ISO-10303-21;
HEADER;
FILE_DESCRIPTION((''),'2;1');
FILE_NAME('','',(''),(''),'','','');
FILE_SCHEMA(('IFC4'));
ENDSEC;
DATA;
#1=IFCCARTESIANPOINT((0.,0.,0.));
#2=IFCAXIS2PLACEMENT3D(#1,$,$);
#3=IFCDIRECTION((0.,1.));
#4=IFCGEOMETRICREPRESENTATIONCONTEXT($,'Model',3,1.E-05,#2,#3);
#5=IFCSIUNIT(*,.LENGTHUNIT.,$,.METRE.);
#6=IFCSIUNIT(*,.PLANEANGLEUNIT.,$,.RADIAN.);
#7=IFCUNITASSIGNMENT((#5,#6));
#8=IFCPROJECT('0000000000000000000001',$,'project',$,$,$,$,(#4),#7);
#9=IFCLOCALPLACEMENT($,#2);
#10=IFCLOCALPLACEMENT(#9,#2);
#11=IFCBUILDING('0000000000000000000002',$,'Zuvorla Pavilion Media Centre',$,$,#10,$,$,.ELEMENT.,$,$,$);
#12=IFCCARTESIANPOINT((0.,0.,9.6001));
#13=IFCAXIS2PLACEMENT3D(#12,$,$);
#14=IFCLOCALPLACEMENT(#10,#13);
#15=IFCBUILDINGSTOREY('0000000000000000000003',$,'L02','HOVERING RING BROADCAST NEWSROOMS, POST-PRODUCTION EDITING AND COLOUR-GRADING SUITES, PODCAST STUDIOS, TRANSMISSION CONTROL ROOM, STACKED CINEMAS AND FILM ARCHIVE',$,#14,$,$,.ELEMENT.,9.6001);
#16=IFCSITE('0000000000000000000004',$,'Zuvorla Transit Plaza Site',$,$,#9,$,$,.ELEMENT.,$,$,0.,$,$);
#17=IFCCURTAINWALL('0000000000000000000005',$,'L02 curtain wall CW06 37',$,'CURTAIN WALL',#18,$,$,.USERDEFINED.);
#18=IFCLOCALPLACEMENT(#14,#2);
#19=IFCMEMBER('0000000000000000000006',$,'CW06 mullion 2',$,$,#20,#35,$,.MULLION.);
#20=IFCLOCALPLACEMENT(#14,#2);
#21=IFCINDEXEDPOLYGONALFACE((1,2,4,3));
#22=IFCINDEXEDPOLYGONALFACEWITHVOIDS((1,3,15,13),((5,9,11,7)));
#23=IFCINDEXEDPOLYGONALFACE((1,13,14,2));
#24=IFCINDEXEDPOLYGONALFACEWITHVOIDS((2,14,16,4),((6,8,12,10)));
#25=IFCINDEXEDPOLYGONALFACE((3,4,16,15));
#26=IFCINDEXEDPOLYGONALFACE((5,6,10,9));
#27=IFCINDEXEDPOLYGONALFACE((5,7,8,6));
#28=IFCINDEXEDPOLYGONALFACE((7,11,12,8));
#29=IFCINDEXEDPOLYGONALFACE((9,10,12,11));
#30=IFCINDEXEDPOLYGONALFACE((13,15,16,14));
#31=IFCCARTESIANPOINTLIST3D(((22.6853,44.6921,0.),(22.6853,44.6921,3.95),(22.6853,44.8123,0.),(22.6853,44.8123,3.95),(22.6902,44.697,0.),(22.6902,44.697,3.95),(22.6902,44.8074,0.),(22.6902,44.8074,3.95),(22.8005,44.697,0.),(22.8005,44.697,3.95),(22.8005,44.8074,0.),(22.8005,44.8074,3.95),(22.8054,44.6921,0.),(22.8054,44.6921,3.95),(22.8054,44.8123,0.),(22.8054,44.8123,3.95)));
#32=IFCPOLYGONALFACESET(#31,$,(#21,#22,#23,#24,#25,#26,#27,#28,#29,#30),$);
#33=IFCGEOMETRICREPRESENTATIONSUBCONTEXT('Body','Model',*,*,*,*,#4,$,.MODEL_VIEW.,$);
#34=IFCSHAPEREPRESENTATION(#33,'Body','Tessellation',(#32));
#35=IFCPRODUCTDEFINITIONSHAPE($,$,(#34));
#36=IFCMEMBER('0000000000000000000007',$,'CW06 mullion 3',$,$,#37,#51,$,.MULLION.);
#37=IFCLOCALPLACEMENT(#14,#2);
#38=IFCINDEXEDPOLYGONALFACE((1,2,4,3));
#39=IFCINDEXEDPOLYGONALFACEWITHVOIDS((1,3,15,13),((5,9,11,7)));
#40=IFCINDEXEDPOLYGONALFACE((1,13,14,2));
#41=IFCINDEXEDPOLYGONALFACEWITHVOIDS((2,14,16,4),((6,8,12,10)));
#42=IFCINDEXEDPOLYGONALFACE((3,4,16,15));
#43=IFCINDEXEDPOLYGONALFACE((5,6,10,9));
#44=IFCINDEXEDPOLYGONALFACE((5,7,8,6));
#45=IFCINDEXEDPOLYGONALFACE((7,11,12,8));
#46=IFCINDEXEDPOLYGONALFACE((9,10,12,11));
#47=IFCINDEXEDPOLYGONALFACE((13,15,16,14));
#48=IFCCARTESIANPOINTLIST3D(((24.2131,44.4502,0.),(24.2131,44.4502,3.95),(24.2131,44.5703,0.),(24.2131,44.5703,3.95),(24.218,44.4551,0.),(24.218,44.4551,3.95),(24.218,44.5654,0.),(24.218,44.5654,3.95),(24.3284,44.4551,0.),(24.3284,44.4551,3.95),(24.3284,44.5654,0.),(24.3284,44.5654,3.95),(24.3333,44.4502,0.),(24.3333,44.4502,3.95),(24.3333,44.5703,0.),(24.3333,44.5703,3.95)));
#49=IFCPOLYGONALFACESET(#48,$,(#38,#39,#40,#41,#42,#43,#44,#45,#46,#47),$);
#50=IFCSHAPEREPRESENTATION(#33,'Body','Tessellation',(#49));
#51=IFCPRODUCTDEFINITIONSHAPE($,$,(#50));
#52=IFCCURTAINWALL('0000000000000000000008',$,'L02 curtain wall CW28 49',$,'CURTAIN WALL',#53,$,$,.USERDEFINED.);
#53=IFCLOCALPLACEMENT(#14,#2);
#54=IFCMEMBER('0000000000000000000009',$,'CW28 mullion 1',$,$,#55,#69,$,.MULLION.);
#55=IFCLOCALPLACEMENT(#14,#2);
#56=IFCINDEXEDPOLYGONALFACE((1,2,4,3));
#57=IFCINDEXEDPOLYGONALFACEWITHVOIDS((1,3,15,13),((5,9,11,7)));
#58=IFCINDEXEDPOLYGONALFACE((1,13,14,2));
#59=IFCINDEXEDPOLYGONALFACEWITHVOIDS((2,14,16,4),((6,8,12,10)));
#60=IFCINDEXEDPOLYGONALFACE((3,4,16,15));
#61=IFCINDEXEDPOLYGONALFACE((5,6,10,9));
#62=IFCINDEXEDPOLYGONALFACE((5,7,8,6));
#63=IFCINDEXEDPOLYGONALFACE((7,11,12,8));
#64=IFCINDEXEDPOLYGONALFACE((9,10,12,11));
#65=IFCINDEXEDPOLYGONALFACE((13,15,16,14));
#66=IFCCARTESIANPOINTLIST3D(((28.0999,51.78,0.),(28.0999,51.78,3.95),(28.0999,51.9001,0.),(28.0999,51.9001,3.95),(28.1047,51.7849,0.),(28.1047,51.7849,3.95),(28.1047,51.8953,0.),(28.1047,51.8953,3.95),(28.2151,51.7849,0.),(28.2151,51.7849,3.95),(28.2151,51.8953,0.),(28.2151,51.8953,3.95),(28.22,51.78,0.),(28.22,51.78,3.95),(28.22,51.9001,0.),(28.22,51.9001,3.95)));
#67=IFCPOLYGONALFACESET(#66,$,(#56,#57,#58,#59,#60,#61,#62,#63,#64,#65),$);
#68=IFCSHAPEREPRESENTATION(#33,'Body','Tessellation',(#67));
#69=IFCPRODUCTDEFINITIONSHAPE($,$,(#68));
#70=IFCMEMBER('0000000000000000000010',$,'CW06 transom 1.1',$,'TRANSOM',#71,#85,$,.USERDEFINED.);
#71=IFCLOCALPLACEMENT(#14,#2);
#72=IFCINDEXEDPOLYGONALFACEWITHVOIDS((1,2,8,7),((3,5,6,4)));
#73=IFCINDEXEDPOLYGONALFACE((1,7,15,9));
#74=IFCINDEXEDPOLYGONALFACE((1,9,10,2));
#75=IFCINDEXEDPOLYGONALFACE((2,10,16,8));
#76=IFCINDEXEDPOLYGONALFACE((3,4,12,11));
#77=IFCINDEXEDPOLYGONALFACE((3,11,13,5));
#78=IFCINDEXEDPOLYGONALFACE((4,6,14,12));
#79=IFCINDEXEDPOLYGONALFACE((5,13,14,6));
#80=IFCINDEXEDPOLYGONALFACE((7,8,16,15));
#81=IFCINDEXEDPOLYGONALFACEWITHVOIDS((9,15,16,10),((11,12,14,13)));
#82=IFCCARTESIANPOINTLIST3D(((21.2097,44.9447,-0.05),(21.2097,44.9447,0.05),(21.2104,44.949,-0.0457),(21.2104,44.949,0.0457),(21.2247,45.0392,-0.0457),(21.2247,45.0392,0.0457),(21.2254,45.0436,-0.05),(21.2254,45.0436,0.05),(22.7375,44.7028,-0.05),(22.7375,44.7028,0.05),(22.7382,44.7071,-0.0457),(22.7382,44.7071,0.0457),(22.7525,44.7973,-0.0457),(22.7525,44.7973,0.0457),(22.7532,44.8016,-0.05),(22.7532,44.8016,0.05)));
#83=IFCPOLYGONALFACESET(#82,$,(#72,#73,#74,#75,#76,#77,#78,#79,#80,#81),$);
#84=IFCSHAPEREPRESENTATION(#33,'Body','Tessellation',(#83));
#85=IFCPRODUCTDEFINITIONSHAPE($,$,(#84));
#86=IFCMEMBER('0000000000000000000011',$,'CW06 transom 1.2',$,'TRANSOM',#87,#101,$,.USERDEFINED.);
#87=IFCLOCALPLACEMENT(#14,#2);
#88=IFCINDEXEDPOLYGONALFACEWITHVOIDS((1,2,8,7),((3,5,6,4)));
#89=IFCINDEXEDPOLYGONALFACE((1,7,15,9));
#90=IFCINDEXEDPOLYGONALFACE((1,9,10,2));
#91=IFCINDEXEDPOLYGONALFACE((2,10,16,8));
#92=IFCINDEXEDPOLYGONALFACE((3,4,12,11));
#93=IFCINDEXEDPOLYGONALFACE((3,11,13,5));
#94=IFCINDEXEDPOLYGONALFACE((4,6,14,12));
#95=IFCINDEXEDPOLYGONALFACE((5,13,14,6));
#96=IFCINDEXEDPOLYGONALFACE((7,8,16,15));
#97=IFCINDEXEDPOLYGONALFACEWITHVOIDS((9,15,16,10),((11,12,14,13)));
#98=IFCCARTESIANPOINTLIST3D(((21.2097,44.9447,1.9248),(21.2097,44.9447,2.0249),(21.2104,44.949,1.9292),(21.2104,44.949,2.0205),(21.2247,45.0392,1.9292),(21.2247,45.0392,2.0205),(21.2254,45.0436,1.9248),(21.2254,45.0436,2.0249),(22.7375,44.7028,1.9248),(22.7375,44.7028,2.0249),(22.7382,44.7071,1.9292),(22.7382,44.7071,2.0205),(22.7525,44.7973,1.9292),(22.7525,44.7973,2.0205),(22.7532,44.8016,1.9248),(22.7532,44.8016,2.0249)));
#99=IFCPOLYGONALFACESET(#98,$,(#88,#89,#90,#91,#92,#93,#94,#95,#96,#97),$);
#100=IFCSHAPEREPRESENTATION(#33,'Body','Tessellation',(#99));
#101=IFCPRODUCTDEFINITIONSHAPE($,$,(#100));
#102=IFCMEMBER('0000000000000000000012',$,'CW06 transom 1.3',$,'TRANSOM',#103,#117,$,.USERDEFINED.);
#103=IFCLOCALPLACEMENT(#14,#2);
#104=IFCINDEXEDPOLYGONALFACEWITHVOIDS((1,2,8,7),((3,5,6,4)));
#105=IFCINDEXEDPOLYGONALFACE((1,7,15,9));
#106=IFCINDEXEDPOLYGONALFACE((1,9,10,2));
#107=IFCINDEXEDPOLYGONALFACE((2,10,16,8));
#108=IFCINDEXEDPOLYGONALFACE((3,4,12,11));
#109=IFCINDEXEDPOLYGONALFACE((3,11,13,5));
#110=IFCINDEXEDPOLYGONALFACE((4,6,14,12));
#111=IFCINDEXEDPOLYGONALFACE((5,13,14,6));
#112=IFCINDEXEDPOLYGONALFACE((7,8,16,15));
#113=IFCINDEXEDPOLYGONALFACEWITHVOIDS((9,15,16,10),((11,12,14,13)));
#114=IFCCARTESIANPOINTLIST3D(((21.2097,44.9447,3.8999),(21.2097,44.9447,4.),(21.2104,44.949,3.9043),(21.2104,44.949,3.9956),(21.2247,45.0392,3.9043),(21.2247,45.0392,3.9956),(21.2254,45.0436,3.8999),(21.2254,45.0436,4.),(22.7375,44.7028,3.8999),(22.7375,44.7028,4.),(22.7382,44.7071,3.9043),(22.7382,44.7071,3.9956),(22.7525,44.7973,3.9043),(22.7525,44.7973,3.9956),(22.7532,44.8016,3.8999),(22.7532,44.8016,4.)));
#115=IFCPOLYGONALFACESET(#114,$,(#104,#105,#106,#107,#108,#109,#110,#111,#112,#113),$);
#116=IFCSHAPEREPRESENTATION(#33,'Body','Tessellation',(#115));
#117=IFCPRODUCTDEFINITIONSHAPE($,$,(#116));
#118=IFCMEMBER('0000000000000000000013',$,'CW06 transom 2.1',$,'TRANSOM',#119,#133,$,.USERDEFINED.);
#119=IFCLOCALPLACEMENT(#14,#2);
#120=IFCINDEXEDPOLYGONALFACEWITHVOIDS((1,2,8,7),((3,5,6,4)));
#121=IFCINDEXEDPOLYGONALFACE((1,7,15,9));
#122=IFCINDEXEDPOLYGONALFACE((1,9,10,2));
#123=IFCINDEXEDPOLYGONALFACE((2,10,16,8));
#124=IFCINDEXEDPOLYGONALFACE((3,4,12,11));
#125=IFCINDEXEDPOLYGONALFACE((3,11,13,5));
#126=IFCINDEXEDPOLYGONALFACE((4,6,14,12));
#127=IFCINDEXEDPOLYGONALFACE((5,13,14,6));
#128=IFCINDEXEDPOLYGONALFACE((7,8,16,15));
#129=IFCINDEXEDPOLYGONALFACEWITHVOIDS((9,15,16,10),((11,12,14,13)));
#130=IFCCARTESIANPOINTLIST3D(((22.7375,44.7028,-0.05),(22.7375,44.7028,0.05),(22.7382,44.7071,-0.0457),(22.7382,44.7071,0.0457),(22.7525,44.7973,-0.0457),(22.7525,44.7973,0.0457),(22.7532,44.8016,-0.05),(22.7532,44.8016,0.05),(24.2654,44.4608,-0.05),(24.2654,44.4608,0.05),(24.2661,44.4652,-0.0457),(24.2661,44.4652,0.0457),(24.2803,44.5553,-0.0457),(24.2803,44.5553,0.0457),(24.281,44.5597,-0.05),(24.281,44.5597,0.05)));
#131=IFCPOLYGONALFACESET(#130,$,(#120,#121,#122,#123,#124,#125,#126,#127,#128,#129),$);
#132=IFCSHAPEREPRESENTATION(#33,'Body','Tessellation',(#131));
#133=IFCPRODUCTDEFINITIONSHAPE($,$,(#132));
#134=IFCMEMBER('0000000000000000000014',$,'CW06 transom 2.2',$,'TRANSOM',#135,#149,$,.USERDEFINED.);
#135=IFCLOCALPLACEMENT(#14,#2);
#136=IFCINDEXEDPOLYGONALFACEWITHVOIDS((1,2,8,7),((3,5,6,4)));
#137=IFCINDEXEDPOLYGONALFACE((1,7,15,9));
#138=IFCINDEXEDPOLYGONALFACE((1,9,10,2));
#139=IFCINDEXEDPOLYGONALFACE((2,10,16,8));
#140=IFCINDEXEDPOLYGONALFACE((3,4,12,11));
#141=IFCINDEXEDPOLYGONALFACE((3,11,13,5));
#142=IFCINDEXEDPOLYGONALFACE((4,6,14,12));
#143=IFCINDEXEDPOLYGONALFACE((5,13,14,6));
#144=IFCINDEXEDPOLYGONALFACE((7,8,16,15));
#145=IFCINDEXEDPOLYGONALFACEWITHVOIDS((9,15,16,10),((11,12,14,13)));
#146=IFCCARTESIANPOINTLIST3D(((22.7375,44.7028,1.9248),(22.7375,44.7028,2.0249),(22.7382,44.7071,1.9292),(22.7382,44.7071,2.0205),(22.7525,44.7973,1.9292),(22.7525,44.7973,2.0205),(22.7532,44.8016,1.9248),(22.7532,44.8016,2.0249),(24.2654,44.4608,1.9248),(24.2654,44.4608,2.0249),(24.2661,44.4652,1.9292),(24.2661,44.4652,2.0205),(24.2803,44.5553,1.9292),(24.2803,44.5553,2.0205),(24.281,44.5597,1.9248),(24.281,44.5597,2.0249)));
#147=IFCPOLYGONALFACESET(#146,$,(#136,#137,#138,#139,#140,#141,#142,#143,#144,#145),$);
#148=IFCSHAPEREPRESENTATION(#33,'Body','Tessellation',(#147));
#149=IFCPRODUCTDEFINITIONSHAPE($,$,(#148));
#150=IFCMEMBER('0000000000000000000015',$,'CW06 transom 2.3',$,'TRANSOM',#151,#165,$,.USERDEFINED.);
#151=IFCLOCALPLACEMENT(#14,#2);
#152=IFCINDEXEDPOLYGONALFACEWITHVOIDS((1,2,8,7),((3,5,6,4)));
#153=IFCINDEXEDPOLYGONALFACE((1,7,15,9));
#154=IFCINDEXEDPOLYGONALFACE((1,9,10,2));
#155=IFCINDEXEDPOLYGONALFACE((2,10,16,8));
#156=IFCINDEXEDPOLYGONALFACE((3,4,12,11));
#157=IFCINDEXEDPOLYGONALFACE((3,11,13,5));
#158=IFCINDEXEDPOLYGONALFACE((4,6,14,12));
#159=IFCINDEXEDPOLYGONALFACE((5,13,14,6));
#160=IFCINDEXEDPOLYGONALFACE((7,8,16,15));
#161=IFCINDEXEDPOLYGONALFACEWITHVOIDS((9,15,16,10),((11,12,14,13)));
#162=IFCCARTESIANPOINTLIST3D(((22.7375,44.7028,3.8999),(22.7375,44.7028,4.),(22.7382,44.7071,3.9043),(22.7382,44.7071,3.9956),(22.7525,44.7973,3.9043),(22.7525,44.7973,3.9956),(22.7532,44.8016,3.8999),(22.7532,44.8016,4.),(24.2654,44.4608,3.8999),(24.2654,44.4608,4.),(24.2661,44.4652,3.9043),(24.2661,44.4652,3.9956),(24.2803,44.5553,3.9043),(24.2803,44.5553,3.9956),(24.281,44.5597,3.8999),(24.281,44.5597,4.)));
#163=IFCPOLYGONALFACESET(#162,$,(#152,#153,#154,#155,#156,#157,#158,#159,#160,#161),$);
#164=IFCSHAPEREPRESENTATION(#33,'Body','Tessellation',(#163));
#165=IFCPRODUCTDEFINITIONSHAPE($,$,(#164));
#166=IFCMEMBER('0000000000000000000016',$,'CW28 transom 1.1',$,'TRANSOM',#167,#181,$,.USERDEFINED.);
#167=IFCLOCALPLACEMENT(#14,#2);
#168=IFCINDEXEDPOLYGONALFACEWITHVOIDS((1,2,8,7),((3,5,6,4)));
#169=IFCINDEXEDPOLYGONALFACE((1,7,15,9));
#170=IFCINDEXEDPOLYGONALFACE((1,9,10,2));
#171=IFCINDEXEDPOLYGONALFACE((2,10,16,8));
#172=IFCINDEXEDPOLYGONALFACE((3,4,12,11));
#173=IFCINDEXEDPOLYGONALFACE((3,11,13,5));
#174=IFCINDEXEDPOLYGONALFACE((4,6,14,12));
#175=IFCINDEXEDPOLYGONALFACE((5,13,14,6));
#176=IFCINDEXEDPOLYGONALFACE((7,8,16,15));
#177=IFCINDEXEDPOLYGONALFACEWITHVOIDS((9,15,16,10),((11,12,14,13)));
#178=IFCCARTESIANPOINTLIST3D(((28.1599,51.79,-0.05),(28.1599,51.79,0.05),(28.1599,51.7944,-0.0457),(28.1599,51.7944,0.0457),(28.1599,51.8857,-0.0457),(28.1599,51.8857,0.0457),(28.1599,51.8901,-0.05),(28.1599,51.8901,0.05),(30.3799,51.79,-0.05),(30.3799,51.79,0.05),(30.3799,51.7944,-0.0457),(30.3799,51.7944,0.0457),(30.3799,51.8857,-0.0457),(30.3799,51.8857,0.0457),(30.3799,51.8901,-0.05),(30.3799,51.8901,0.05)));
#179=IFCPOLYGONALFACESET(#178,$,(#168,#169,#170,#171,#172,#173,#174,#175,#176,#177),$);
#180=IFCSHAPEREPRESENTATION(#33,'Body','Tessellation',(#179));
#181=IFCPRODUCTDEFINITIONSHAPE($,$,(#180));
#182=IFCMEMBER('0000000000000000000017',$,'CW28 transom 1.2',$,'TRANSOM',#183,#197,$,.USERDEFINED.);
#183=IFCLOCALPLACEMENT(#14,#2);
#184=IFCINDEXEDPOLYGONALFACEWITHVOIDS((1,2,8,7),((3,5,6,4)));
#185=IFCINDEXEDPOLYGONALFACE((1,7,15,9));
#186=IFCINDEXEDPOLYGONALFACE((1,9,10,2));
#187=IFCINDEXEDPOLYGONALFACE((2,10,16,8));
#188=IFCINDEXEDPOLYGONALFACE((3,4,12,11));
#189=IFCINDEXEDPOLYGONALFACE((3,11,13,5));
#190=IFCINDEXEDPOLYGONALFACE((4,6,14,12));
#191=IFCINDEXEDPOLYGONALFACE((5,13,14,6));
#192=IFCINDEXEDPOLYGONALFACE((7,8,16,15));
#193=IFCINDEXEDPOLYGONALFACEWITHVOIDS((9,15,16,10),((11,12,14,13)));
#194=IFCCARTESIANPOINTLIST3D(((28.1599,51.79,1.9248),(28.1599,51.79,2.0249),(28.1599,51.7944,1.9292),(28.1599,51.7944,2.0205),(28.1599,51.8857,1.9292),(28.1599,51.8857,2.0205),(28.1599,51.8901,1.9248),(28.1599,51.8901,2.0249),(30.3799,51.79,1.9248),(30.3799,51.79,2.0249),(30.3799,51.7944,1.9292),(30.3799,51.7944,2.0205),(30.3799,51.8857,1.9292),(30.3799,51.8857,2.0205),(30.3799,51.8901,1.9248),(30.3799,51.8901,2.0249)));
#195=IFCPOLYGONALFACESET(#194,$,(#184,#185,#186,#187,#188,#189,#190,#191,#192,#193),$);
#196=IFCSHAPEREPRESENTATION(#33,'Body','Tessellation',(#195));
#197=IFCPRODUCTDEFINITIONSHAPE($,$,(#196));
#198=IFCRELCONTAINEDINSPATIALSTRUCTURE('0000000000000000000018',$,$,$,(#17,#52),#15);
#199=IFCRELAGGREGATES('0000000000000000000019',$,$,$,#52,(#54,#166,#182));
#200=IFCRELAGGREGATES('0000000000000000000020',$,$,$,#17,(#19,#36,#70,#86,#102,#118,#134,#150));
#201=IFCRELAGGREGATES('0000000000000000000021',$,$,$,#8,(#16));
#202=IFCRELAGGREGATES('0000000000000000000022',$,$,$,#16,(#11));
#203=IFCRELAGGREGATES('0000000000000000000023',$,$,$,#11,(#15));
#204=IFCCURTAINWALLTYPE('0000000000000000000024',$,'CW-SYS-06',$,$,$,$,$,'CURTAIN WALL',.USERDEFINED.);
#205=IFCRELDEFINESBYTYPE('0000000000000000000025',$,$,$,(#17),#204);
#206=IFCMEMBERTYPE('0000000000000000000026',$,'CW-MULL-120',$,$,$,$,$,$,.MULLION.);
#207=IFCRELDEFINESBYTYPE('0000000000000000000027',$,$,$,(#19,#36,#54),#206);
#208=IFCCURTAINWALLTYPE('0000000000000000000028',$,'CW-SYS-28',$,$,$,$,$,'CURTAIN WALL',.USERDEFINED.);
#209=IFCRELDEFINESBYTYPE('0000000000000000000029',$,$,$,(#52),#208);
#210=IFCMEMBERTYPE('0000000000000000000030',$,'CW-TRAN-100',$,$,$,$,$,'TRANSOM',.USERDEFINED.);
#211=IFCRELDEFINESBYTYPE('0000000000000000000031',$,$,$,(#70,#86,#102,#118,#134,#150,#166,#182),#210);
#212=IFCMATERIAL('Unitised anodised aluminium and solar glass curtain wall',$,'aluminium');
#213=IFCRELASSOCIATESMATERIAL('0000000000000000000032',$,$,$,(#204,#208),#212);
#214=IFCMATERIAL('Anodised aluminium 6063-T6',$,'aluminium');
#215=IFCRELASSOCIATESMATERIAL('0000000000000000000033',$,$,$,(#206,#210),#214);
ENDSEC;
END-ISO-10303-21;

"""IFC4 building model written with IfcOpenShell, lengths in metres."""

from ifc_helpers import new_model, si_unit, direction, frame, origin, origin_2d, place, context, subcontext, project, spatial, hollow_rectangle, extrude, material, material_profile, profile_set, type_object, element, aggregate, save


model = new_model("IFC4")

# Units and contexts
model_context = context("Model", 3, precision=1e-05, world=origin(), true_north=direction((0.0, 1.0)))
body_context = subcontext(model_context, "Body", "Model", "MODEL_VIEW")
ifc_project = project(units=[si_unit("LENGTHUNIT", "METRE"), si_unit("PLANEANGLEUNIT", "RADIAN")], contexts=[model_context])

# Site, building, storey
site_placement = place(None, origin())
site = spatial("IfcSite", under=ifc_project, at=site_placement, Name="Zuvorla Transit Plaza Site", CompositionType="ELEMENT", RefElevation=0.0)
building_placement = place(site_placement, origin())
building = spatial("IfcBuilding", under=site, at=building_placement, Name="Zuvorla Pavilion Media Centre", CompositionType="ELEMENT")
storey_placement = place(building_placement, frame((0.0, 0.0, 9.6001)))
storey = spatial("IfcBuildingStorey", under=building, at=storey_placement, Name="L02", Description="HOVERING RING BROADCAST NEWSROOMS, POST-PRODUCTION EDITING AND COLOUR-GRADING SUITES, PODCAST STUDIOS, TRANSMISSION CONTROL ROOM, STACKED CINEMAS AND FILM ARCHIVE", CompositionType="ELEMENT", Elevation=9.6001)

# Shared definitions
ifc_material_1 = material(Name="Unitised anodised aluminium and solar glass curtain wall", Category="aluminium")
ifc_material_2 = material(Name="Anodised aluminium 6063-T6", Category="aluminium")

# Curtain wall, members
curtain_wall_type_1 = type_object("IfcCurtainWallType", Name="CW-SYS-06", ElementType="CURTAIN WALL", PredefinedType="USERDEFINED", material=ifc_material_1)
curtain_wall_1_placement = place(storey_placement, origin())
curtain_wall_1 = element("IfcCurtainWall", 1, at=curtain_wall_1_placement, inside=storey, type_object=curtain_wall_type_1, Name="L02 curtain wall CW06 37", ObjectType="CURTAIN WALL", PredefinedType="USERDEFINED")
ifc_material_profile_1 = material_profile(ifc_material_2, hollow_rectangle(XDim=0.1201, YDim=0.1201, WallThickness=0.0049, at=origin_2d()), Name="ALU MULL 120x120")
ifc_profile_set_1 = profile_set([ifc_material_profile_1], Name="Anodised aluminium 6063-T6")
member_type_1 = type_object("IfcMemberType", Name="CW-MULL-120", PredefinedType="MULLION", material=ifc_profile_set_1)
member_1_placement = place(storey_placement, frame((22.7454, 44.7522, 0.0), z_axis=(0.0, 0.0, 1.0), x_axis=(1.0, 0.0, 0.0)))
member_1 = element("IfcMember", 2, at=member_1_placement, type_object=member_type_1, Name="CW06 mullion 2", PredefinedType="MULLION", context=body_context, shape_type="SweptSolid", body=[
    extrude(hollow_rectangle(XDim=0.1201, YDim=0.1201, WallThickness=0.0049, at=origin_2d()), origin(), (0.0, 0.0, 1.0), 3.95),
])
member_2_placement = place(storey_placement, frame((24.2732, 44.5103, 0.0), z_axis=(0.0, 0.0, 1.0), x_axis=(1.0, 0.0, 0.0)))
member_2 = element("IfcMember", 3, at=member_2_placement, type_object=member_type_1, Name="CW06 mullion 3", PredefinedType="MULLION", context=body_context, shape_type="SweptSolid", body=[
    extrude(hollow_rectangle(XDim=0.1201, YDim=0.1201, WallThickness=0.0049, at=origin_2d()), origin(), (0.0, 0.0, 1.0), 3.95),
])

# Curtain wall, member
curtain_wall_type_2 = type_object("IfcCurtainWallType", Name="CW-SYS-28", ElementType="CURTAIN WALL", PredefinedType="USERDEFINED", material=ifc_material_1)
curtain_wall_2_placement = place(storey_placement, origin())
curtain_wall_2 = element("IfcCurtainWall", 4, at=curtain_wall_2_placement, inside=storey, type_object=curtain_wall_type_2, Name="L02 curtain wall CW28 49", ObjectType="CURTAIN WALL", PredefinedType="USERDEFINED")
member_3_placement = place(storey_placement, frame((28.1599, 51.8401, 0.0), z_axis=(0.0, 0.0, 1.0), x_axis=(1.0, 0.0, 0.0)))
member_3 = element("IfcMember", 5, at=member_3_placement, type_object=member_type_1, Name="CW28 mullion 1", PredefinedType="MULLION", context=body_context, shape_type="SweptSolid", body=[
    extrude(hollow_rectangle(XDim=0.1201, YDim=0.1201, WallThickness=0.0049, at=origin_2d()), origin(), (0.0, 0.0, 1.0), 3.95),
])

# Members
ifc_material_profile_2 = material_profile(ifc_material_2, hollow_rectangle(XDim=0.1001, YDim=0.1001, WallThickness=0.0044, at=origin_2d()), Name="ALU TRAN 100x100")
ifc_profile_set_2 = profile_set([ifc_material_profile_2], Name="Anodised aluminium 6063-T6")
member_type_2 = type_object("IfcMemberType", Name="CW-TRAN-100", ElementType="TRANSOM", PredefinedType="USERDEFINED", material=ifc_profile_set_2)
member_4_placement = place(storey_placement, frame((21.2175, 44.9941, 0.0), z_axis=(0.987692, -0.156408, 0.0), x_axis=(0.156408, 0.987692, 0.0)))
member_4 = element("IfcMember", 6, at=member_4_placement, type_object=member_type_2, Name="CW06 transom 1.1", ObjectType="TRANSOM", PredefinedType="USERDEFINED", context=body_context, shape_type="SweptSolid", body=[
    extrude(hollow_rectangle(XDim=0.1001, YDim=0.1001, WallThickness=0.0044, at=origin_2d()), origin(), (0.0, 0.0, 1.0), 1.5469),
])
member_5_placement = place(storey_placement, frame((21.2175, 44.9941, 1.9749), z_axis=(0.987692, -0.156408, 0.0), x_axis=(0.156408, 0.987692, 0.0)))
member_5 = element("IfcMember", 7, at=member_5_placement, type_object=member_type_2, Name="CW06 transom 1.2", ObjectType="TRANSOM", PredefinedType="USERDEFINED", context=body_context, shape_type="SweptSolid", body=[
    extrude(hollow_rectangle(XDim=0.1001, YDim=0.1001, WallThickness=0.0044, at=origin_2d()), origin(), (0.0, 0.0, 1.0), 1.5469),
])
member_6_placement = place(storey_placement, frame((21.2175, 44.9941, 3.95), z_axis=(0.987692, -0.156408, 0.0), x_axis=(0.156408, 0.987692, 0.0)))
member_6 = element("IfcMember", 8, at=member_6_placement, type_object=member_type_2, Name="CW06 transom 1.3", ObjectType="TRANSOM", PredefinedType="USERDEFINED", context=body_context, shape_type="SweptSolid", body=[
    extrude(hollow_rectangle(XDim=0.1001, YDim=0.1001, WallThickness=0.0044, at=origin_2d()), origin(), (0.0, 0.0, 1.0), 1.5469),
])
member_7_placement = place(storey_placement, frame((22.7454, 44.7522, 0.0), z_axis=(0.987692, -0.156408, 0.0), x_axis=(0.156408, 0.987692, 0.0)))
member_7 = element("IfcMember", 9, at=member_7_placement, type_object=member_type_2, Name="CW06 transom 2.1", ObjectType="TRANSOM", PredefinedType="USERDEFINED", context=body_context, shape_type="SweptSolid", body=[
    extrude(hollow_rectangle(XDim=0.1001, YDim=0.1001, WallThickness=0.0044, at=origin_2d()), origin(), (0.0, 0.0, 1.0), 1.5469),
])
member_8_placement = place(storey_placement, frame((22.7454, 44.7522, 1.9749), z_axis=(0.987692, -0.156408, 0.0), x_axis=(0.156408, 0.987692, 0.0)))
member_8 = element("IfcMember", 10, at=member_8_placement, type_object=member_type_2, Name="CW06 transom 2.2", ObjectType="TRANSOM", PredefinedType="USERDEFINED", context=body_context, shape_type="SweptSolid", body=[
    extrude(hollow_rectangle(XDim=0.1001, YDim=0.1001, WallThickness=0.0044, at=origin_2d()), origin(), (0.0, 0.0, 1.0), 1.5469),
])
member_9_placement = place(storey_placement, frame((22.7454, 44.7522, 3.95), z_axis=(0.987692, -0.156408, 0.0), x_axis=(0.156408, 0.987692, 0.0)))
member_9 = element("IfcMember", 11, at=member_9_placement, type_object=member_type_2, Name="CW06 transom 2.3", ObjectType="TRANSOM", PredefinedType="USERDEFINED", context=body_context, shape_type="SweptSolid", body=[
    extrude(hollow_rectangle(XDim=0.1001, YDim=0.1001, WallThickness=0.0044, at=origin_2d()), origin(), (0.0, 0.0, 1.0), 1.5469),
])
member_10_placement = place(storey_placement, frame((28.1599, 51.8401, 0.0), z_axis=(1.0, 0.0, 0.0), x_axis=(0.0, 1.0, 0.0)))
member_10 = element("IfcMember", 12, at=member_10_placement, type_object=member_type_2, Name="CW28 transom 1.1", ObjectType="TRANSOM", PredefinedType="USERDEFINED", context=body_context, shape_type="SweptSolid", body=[
    extrude(hollow_rectangle(XDim=0.1001, YDim=0.1001, WallThickness=0.0044, at=origin_2d()), origin(), (0.0, 0.0, 1.0), 2.22),
])
member_11_placement = place(storey_placement, frame((28.1599, 51.8401, 1.9749), z_axis=(1.0, 0.0, 0.0), x_axis=(0.0, 1.0, 0.0)))
member_11 = element("IfcMember", 13, at=member_11_placement, type_object=member_type_2, Name="CW28 transom 1.2", ObjectType="TRANSOM", PredefinedType="USERDEFINED", context=body_context, shape_type="SweptSolid", body=[
    extrude(hollow_rectangle(XDim=0.1001, YDim=0.1001, WallThickness=0.0044, at=origin_2d()), origin(), (0.0, 0.0, 1.0), 2.22),
])
aggregate(curtain_wall_2, [member_3, member_10, member_11])

aggregate(curtain_wall_1, [member_1, member_2, member_4, member_5, member_6, member_7, member_8, member_9])

save(model, "model.ifc")
